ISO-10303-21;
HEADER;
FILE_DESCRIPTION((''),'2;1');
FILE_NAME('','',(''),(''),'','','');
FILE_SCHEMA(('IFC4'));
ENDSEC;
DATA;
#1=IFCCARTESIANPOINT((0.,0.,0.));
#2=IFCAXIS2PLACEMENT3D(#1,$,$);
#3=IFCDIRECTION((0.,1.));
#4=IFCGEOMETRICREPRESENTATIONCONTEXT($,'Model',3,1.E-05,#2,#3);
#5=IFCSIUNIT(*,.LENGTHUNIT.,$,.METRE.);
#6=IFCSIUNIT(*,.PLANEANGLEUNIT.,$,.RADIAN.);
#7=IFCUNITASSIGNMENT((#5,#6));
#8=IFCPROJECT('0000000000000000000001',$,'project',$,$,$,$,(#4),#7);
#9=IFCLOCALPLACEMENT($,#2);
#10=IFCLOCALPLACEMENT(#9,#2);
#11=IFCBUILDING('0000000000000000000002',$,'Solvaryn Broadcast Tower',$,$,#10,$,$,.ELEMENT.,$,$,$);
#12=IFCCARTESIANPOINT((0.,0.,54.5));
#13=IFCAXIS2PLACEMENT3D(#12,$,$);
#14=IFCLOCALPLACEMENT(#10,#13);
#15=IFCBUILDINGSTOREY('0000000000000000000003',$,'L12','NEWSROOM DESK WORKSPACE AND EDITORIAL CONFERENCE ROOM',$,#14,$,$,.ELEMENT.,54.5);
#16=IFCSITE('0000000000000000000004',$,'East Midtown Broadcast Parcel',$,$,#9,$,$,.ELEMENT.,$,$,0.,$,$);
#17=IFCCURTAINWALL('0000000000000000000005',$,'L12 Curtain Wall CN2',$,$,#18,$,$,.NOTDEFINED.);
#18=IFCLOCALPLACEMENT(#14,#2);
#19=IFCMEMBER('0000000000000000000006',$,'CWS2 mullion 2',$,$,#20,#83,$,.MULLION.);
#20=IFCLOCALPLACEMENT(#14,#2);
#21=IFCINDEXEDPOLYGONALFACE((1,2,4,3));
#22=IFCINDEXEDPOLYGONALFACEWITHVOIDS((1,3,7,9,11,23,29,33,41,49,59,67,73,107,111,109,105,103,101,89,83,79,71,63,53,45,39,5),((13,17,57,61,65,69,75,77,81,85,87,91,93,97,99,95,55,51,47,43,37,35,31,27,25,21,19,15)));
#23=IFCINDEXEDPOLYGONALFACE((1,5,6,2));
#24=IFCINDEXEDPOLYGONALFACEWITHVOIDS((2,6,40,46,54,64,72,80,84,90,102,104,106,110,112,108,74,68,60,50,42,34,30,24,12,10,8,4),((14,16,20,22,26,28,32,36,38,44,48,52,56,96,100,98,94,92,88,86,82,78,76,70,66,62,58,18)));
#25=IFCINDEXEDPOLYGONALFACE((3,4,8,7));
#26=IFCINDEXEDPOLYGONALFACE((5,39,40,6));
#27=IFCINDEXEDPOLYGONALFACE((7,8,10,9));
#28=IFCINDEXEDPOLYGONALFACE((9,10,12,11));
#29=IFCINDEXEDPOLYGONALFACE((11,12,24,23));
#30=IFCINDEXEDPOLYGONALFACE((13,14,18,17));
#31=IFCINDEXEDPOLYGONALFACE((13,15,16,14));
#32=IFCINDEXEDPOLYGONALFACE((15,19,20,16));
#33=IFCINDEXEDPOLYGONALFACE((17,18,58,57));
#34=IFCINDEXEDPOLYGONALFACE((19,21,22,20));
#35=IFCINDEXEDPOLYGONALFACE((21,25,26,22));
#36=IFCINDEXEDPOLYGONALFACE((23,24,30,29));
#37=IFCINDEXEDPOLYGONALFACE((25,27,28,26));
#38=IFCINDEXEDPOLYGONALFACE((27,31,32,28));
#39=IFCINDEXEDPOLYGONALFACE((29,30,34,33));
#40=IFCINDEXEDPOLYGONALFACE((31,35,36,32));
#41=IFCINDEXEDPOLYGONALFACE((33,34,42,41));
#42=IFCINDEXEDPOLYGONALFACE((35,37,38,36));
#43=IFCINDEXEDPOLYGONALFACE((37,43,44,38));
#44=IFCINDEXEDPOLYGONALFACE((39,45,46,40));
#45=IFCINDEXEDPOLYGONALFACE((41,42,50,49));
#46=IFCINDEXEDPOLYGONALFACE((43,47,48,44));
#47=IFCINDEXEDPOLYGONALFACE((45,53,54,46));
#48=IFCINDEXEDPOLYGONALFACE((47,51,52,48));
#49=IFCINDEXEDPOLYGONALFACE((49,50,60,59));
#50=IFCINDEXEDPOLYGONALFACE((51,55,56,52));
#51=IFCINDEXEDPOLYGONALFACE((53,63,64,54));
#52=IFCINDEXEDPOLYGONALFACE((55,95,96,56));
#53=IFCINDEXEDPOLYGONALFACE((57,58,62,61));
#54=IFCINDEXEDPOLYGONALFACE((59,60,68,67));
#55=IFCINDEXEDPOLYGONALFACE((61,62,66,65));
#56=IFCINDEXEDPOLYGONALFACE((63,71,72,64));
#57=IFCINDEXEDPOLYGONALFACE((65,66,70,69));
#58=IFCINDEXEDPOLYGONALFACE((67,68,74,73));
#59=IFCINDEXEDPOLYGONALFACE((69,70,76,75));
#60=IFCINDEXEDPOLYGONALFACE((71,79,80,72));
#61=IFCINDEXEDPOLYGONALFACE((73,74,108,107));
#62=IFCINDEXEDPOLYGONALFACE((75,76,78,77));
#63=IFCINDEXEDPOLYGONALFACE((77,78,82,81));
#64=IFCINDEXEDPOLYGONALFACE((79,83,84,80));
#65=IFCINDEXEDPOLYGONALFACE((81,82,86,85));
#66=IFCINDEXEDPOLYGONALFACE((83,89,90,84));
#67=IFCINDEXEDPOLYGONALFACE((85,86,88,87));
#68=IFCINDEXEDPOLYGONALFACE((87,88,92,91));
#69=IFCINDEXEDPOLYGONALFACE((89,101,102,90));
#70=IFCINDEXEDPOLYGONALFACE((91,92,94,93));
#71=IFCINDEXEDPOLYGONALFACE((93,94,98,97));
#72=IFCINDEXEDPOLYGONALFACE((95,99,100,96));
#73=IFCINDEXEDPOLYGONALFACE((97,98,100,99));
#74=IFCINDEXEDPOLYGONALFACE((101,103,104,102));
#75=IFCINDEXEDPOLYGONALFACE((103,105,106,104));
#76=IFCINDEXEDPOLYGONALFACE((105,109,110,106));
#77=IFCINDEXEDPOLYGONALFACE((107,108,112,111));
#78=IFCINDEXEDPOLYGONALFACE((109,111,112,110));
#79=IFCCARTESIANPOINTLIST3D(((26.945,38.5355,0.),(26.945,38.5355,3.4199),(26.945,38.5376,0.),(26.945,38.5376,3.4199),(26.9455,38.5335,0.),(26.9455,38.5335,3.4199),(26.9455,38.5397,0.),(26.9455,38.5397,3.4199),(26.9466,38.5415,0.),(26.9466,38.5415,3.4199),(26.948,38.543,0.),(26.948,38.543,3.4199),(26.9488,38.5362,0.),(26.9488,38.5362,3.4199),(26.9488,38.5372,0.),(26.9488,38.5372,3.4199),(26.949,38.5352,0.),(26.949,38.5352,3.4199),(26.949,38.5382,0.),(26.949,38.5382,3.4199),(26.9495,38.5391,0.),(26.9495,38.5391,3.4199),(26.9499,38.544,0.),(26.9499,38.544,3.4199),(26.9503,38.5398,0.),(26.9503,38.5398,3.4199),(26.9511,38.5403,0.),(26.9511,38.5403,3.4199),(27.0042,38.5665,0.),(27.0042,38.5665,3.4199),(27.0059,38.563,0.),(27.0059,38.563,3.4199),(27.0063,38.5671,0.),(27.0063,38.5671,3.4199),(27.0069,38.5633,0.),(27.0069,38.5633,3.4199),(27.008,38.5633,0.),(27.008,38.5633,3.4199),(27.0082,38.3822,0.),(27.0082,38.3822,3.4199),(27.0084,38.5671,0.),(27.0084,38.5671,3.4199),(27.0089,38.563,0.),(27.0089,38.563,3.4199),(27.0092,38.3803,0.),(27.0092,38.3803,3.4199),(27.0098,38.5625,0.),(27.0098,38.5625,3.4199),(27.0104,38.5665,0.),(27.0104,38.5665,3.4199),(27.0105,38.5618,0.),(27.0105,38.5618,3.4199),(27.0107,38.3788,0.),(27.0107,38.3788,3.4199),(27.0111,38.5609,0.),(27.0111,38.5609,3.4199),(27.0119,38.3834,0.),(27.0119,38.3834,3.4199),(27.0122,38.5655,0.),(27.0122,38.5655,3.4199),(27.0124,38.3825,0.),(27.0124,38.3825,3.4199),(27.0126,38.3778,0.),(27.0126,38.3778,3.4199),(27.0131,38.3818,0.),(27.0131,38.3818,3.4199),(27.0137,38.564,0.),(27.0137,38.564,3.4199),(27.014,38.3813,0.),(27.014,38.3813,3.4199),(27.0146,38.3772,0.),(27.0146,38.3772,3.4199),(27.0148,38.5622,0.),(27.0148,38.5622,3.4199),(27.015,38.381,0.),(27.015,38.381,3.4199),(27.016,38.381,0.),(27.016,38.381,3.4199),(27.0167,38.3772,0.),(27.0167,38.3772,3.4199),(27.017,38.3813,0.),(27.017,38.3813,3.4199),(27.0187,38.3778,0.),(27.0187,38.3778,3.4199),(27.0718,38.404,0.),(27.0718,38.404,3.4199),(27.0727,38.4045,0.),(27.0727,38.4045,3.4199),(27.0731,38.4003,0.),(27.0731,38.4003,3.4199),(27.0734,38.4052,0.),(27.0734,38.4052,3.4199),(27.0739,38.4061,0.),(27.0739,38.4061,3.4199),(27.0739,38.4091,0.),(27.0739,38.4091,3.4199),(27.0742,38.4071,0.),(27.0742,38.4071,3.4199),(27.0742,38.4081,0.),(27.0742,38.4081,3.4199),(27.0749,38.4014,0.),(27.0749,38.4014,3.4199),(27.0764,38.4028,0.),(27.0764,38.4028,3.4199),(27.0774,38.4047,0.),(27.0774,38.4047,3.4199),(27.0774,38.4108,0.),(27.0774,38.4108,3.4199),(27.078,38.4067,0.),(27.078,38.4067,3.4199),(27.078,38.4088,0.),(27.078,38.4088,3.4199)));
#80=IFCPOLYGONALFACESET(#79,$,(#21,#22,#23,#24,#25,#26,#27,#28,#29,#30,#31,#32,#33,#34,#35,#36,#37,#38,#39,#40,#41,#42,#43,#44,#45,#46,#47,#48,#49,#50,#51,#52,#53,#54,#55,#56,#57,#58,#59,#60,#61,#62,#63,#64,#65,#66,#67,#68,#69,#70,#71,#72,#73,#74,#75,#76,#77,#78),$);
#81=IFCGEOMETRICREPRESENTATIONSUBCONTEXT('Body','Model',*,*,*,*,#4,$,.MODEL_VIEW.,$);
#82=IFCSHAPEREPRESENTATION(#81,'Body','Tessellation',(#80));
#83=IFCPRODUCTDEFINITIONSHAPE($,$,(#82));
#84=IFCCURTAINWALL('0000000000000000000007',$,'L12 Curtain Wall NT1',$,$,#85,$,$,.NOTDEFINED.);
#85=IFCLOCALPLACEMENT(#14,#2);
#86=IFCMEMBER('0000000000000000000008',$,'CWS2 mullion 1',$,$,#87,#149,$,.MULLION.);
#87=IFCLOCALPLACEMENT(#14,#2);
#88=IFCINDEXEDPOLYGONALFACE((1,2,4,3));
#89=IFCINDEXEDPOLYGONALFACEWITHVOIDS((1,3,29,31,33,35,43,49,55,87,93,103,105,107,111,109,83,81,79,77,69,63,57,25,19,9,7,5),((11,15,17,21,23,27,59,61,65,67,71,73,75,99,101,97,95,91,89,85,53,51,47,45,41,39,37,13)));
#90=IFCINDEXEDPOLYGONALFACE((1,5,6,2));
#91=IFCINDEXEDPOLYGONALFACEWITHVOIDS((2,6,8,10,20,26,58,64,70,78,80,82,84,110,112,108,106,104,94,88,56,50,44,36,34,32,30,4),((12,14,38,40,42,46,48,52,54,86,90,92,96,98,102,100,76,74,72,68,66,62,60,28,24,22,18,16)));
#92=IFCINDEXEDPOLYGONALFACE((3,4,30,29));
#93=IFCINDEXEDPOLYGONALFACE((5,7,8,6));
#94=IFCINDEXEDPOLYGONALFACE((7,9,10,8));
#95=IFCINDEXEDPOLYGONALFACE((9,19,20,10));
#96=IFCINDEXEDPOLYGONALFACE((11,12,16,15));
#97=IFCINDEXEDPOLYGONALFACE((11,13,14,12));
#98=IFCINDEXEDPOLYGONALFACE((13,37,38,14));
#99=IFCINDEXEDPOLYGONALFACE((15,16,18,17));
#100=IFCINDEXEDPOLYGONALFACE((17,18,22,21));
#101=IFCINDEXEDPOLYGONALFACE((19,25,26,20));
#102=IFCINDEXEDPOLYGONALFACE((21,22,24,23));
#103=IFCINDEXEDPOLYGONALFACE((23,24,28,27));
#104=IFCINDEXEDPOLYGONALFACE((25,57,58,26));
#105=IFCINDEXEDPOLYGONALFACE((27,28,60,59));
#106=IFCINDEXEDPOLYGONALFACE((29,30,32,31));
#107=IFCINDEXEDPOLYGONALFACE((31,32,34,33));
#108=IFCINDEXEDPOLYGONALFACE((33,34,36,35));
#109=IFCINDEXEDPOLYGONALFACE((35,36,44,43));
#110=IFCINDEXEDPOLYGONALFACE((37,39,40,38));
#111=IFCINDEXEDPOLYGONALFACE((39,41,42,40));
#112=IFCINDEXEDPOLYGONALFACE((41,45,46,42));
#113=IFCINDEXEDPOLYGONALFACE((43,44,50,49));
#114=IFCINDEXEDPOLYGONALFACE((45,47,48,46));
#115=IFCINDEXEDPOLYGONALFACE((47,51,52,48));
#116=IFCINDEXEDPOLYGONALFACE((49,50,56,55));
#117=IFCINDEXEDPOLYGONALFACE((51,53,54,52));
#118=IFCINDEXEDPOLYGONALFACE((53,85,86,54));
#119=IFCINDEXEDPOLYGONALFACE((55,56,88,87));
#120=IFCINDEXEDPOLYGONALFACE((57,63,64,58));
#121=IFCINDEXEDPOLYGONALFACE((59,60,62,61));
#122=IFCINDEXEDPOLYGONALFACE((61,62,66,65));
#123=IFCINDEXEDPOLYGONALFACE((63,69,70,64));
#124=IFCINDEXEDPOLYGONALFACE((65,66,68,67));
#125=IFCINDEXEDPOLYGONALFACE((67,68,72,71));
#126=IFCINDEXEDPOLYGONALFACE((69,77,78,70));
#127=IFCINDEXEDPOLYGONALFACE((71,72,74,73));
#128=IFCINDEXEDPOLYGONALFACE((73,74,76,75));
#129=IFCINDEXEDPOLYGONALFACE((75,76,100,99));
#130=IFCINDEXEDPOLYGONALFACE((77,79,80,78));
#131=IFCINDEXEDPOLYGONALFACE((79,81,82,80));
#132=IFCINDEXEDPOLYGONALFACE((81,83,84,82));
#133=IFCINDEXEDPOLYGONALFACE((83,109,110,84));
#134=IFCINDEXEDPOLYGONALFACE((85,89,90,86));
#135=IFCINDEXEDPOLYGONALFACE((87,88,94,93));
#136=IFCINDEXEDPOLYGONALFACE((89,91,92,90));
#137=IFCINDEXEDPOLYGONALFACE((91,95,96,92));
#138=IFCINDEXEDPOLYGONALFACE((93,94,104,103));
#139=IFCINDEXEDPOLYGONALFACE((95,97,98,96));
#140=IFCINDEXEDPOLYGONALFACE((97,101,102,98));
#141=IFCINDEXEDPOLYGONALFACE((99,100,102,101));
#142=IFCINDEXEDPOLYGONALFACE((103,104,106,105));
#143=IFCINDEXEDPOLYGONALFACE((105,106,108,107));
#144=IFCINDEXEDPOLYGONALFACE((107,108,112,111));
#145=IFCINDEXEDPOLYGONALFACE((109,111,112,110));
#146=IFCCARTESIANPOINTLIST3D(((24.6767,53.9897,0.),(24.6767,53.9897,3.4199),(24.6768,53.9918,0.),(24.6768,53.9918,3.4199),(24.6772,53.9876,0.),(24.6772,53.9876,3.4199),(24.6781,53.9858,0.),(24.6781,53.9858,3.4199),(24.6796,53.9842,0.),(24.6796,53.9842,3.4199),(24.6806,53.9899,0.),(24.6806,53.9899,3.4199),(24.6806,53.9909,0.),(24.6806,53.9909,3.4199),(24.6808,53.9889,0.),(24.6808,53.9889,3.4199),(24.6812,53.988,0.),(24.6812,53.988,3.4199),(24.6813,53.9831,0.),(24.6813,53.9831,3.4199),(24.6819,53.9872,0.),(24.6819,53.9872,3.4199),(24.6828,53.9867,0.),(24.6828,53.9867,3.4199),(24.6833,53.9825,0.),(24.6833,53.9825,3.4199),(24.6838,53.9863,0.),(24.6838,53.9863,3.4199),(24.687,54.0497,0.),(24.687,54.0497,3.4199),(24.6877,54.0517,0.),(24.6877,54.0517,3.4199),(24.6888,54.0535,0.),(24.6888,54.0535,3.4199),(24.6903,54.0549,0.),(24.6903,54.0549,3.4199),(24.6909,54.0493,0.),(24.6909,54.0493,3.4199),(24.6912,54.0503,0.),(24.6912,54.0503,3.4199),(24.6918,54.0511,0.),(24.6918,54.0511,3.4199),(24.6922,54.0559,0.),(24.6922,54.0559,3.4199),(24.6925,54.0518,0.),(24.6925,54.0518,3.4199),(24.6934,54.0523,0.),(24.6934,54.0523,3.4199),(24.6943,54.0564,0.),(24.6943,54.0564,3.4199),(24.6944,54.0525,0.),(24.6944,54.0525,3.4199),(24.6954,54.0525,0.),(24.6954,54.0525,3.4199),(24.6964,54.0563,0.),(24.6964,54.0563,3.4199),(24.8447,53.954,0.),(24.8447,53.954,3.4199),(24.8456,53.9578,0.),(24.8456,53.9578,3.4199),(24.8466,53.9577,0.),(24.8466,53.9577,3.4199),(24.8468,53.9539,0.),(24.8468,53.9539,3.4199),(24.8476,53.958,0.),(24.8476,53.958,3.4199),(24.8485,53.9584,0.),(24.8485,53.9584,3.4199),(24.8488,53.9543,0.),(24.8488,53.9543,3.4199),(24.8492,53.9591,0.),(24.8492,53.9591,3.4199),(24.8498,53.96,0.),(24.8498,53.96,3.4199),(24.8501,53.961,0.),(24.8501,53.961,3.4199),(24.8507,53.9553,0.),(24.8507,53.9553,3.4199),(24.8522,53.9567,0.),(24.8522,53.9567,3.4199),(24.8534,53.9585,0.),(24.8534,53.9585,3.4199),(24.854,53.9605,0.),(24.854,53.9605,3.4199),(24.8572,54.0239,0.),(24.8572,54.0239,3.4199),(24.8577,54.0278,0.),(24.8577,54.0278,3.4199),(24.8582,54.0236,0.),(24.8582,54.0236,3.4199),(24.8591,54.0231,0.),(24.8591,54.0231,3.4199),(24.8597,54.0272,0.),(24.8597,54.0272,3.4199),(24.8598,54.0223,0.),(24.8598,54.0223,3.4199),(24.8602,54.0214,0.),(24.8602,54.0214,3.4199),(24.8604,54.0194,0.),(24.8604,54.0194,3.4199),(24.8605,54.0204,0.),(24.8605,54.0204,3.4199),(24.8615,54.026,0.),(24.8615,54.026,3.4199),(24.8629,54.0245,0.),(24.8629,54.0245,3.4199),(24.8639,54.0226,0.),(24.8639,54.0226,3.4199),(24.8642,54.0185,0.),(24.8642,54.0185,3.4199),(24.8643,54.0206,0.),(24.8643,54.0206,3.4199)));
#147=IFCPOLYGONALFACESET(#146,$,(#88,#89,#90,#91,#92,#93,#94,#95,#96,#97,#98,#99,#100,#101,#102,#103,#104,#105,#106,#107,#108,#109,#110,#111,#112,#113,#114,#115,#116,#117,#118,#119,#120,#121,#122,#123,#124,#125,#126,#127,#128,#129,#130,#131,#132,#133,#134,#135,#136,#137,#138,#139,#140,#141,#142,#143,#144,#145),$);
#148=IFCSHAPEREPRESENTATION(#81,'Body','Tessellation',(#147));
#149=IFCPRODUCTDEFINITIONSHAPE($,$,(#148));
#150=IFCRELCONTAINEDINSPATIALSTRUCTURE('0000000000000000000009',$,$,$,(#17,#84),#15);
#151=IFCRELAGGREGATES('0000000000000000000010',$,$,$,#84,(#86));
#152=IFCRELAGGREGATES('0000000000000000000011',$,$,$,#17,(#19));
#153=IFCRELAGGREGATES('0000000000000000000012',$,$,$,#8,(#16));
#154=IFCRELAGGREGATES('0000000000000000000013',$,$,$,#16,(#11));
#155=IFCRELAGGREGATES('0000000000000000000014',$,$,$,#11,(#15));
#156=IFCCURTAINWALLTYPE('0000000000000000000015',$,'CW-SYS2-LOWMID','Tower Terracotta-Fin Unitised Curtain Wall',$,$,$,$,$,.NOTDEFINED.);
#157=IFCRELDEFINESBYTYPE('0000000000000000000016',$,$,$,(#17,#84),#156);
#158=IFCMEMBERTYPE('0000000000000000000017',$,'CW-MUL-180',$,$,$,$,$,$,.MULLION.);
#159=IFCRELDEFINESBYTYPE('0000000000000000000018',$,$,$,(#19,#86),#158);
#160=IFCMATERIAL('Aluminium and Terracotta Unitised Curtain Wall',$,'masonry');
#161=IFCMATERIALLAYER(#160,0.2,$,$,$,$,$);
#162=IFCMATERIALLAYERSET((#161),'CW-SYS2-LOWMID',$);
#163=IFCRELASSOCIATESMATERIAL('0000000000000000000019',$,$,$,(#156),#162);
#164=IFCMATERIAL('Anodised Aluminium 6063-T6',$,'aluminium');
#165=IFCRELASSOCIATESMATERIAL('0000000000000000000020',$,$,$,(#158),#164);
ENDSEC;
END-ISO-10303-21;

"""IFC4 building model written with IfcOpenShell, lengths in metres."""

from ifc_helpers import new_model, si_unit, direction, frame, origin, origin_2d, place, context, subcontext, project, spatial, hollow_rectangle, extrude, material, layer, layer_set, material_profile, profile_set, type_object, element, aggregate, save


model = new_model("IFC4")

# Units and contexts
model_context = context("Model", 3, precision=1e-05, world=origin(), true_north=direction((0.0, 1.0)))
body_context = subcontext(model_context, "Body", "Model", "MODEL_VIEW")
ifc_project = project(units=[si_unit("LENGTHUNIT", "METRE"), si_unit("PLANEANGLEUNIT", "RADIAN")], contexts=[model_context])

# Site, building, storey
site_placement = place(None, origin())
site = spatial("IfcSite", under=ifc_project, at=site_placement, Name="East Midtown Broadcast Parcel", CompositionType="ELEMENT", RefElevation=0.0)
building_placement = place(site_placement, origin())
building = spatial("IfcBuilding", under=site, at=building_placement, Name="Solvaryn Broadcast Tower", CompositionType="ELEMENT")
storey_placement = place(building_placement, frame((0.0, 0.0, 54.5)))
storey = spatial("IfcBuildingStorey", under=building, at=storey_placement, Name="L12", Description="NEWSROOM DESK WORKSPACE AND EDITORIAL CONFERENCE ROOM", CompositionType="ELEMENT", Elevation=54.5)

# Shared definitions
ifc_material_1 = material(Name="Aluminium and Terracotta Unitised Curtain Wall", Category="masonry")
ifc_layer_1 = layer(ifc_material_1, 0.2)
ifc_layer_set_1 = layer_set([ifc_layer_1], Name="CW-SYS2-LOWMID")
curtain_wall_type = type_object("IfcCurtainWallType", Name="CW-SYS2-LOWMID", Description="Tower Terracotta-Fin Unitised Curtain Wall", PredefinedType="NOTDEFINED", material=ifc_layer_set_1)
ifc_material_2 = material(Name="Anodised Aluminium 6063-T6", Category="aluminium")
ifc_material_profile_1 = material_profile(ifc_material_2, hollow_rectangle(XDim=0.075, YDim=0.1799, WallThickness=0.0039, InnerFilletRadius=0.0039, OuterFilletRadius=0.0081, at=origin_2d()))
ifc_profile_set_1 = profile_set([ifc_material_profile_1], Name="Anodised Aluminium 6063-T6")
member_type_1 = type_object("IfcMemberType", Name="CW-MUL-180", PredefinedType="MULLION", material=ifc_profile_set_1)

# Curtain walls, members
curtain_wall_1_placement = place(storey_placement, origin())
curtain_wall_1 = element("IfcCurtainWall", 1, at=curtain_wall_1_placement, inside=storey, type_object=curtain_wall_type, Name="L12 Curtain Wall CN2", PredefinedType="NOTDEFINED")
member_1_placement = place(storey_placement, frame((27.0115, 38.4722, 0.0), z_axis=(0.0, 0.0, 1.0), x_axis=(-0.923895, -0.382646, 0.0)))
member_1 = element("IfcMember", 2, at=member_1_placement, type_object=member_type_1, Name="CWS2 mullion 2", PredefinedType="MULLION", context=body_context, shape_type="SweptSolid", body=[
    extrude(hollow_rectangle(XDim=0.075, YDim=0.1799, WallThickness=0.0039, InnerFilletRadius=0.0039, OuterFilletRadius=0.0081, at=origin_2d()), origin(), (0.0, 0.0, 1.0), 3.4199),
])
curtain_wall_2_placement = place(storey_placement, origin())
curtain_wall_2 = element("IfcCurtainWall", 3, at=curtain_wall_2_placement, inside=storey, type_object=curtain_wall_type, Name="L12 Curtain Wall NT1", PredefinedType="NOTDEFINED")
member_2_placement = place(storey_placement, frame((24.7705, 54.0051, 0.0), z_axis=(0.0, 0.0, 1.0), x_axis=(-0.173785, -0.984784, 0.0)))
member_2 = element("IfcMember", 4, at=member_2_placement, type_object=member_type_1, Name="CWS2 mullion 1", PredefinedType="MULLION", context=body_context, shape_type="SweptSolid", body=[
    extrude(hollow_rectangle(XDim=0.075, YDim=0.1799, WallThickness=0.0039, InnerFilletRadius=0.0039, OuterFilletRadius=0.0081, at=origin_2d()), origin(), (0.0, 0.0, 1.0), 3.4199),
])
aggregate(curtain_wall_2, [member_2])

aggregate(curtain_wall_1, [member_1])

save(model, "model.ifc")
